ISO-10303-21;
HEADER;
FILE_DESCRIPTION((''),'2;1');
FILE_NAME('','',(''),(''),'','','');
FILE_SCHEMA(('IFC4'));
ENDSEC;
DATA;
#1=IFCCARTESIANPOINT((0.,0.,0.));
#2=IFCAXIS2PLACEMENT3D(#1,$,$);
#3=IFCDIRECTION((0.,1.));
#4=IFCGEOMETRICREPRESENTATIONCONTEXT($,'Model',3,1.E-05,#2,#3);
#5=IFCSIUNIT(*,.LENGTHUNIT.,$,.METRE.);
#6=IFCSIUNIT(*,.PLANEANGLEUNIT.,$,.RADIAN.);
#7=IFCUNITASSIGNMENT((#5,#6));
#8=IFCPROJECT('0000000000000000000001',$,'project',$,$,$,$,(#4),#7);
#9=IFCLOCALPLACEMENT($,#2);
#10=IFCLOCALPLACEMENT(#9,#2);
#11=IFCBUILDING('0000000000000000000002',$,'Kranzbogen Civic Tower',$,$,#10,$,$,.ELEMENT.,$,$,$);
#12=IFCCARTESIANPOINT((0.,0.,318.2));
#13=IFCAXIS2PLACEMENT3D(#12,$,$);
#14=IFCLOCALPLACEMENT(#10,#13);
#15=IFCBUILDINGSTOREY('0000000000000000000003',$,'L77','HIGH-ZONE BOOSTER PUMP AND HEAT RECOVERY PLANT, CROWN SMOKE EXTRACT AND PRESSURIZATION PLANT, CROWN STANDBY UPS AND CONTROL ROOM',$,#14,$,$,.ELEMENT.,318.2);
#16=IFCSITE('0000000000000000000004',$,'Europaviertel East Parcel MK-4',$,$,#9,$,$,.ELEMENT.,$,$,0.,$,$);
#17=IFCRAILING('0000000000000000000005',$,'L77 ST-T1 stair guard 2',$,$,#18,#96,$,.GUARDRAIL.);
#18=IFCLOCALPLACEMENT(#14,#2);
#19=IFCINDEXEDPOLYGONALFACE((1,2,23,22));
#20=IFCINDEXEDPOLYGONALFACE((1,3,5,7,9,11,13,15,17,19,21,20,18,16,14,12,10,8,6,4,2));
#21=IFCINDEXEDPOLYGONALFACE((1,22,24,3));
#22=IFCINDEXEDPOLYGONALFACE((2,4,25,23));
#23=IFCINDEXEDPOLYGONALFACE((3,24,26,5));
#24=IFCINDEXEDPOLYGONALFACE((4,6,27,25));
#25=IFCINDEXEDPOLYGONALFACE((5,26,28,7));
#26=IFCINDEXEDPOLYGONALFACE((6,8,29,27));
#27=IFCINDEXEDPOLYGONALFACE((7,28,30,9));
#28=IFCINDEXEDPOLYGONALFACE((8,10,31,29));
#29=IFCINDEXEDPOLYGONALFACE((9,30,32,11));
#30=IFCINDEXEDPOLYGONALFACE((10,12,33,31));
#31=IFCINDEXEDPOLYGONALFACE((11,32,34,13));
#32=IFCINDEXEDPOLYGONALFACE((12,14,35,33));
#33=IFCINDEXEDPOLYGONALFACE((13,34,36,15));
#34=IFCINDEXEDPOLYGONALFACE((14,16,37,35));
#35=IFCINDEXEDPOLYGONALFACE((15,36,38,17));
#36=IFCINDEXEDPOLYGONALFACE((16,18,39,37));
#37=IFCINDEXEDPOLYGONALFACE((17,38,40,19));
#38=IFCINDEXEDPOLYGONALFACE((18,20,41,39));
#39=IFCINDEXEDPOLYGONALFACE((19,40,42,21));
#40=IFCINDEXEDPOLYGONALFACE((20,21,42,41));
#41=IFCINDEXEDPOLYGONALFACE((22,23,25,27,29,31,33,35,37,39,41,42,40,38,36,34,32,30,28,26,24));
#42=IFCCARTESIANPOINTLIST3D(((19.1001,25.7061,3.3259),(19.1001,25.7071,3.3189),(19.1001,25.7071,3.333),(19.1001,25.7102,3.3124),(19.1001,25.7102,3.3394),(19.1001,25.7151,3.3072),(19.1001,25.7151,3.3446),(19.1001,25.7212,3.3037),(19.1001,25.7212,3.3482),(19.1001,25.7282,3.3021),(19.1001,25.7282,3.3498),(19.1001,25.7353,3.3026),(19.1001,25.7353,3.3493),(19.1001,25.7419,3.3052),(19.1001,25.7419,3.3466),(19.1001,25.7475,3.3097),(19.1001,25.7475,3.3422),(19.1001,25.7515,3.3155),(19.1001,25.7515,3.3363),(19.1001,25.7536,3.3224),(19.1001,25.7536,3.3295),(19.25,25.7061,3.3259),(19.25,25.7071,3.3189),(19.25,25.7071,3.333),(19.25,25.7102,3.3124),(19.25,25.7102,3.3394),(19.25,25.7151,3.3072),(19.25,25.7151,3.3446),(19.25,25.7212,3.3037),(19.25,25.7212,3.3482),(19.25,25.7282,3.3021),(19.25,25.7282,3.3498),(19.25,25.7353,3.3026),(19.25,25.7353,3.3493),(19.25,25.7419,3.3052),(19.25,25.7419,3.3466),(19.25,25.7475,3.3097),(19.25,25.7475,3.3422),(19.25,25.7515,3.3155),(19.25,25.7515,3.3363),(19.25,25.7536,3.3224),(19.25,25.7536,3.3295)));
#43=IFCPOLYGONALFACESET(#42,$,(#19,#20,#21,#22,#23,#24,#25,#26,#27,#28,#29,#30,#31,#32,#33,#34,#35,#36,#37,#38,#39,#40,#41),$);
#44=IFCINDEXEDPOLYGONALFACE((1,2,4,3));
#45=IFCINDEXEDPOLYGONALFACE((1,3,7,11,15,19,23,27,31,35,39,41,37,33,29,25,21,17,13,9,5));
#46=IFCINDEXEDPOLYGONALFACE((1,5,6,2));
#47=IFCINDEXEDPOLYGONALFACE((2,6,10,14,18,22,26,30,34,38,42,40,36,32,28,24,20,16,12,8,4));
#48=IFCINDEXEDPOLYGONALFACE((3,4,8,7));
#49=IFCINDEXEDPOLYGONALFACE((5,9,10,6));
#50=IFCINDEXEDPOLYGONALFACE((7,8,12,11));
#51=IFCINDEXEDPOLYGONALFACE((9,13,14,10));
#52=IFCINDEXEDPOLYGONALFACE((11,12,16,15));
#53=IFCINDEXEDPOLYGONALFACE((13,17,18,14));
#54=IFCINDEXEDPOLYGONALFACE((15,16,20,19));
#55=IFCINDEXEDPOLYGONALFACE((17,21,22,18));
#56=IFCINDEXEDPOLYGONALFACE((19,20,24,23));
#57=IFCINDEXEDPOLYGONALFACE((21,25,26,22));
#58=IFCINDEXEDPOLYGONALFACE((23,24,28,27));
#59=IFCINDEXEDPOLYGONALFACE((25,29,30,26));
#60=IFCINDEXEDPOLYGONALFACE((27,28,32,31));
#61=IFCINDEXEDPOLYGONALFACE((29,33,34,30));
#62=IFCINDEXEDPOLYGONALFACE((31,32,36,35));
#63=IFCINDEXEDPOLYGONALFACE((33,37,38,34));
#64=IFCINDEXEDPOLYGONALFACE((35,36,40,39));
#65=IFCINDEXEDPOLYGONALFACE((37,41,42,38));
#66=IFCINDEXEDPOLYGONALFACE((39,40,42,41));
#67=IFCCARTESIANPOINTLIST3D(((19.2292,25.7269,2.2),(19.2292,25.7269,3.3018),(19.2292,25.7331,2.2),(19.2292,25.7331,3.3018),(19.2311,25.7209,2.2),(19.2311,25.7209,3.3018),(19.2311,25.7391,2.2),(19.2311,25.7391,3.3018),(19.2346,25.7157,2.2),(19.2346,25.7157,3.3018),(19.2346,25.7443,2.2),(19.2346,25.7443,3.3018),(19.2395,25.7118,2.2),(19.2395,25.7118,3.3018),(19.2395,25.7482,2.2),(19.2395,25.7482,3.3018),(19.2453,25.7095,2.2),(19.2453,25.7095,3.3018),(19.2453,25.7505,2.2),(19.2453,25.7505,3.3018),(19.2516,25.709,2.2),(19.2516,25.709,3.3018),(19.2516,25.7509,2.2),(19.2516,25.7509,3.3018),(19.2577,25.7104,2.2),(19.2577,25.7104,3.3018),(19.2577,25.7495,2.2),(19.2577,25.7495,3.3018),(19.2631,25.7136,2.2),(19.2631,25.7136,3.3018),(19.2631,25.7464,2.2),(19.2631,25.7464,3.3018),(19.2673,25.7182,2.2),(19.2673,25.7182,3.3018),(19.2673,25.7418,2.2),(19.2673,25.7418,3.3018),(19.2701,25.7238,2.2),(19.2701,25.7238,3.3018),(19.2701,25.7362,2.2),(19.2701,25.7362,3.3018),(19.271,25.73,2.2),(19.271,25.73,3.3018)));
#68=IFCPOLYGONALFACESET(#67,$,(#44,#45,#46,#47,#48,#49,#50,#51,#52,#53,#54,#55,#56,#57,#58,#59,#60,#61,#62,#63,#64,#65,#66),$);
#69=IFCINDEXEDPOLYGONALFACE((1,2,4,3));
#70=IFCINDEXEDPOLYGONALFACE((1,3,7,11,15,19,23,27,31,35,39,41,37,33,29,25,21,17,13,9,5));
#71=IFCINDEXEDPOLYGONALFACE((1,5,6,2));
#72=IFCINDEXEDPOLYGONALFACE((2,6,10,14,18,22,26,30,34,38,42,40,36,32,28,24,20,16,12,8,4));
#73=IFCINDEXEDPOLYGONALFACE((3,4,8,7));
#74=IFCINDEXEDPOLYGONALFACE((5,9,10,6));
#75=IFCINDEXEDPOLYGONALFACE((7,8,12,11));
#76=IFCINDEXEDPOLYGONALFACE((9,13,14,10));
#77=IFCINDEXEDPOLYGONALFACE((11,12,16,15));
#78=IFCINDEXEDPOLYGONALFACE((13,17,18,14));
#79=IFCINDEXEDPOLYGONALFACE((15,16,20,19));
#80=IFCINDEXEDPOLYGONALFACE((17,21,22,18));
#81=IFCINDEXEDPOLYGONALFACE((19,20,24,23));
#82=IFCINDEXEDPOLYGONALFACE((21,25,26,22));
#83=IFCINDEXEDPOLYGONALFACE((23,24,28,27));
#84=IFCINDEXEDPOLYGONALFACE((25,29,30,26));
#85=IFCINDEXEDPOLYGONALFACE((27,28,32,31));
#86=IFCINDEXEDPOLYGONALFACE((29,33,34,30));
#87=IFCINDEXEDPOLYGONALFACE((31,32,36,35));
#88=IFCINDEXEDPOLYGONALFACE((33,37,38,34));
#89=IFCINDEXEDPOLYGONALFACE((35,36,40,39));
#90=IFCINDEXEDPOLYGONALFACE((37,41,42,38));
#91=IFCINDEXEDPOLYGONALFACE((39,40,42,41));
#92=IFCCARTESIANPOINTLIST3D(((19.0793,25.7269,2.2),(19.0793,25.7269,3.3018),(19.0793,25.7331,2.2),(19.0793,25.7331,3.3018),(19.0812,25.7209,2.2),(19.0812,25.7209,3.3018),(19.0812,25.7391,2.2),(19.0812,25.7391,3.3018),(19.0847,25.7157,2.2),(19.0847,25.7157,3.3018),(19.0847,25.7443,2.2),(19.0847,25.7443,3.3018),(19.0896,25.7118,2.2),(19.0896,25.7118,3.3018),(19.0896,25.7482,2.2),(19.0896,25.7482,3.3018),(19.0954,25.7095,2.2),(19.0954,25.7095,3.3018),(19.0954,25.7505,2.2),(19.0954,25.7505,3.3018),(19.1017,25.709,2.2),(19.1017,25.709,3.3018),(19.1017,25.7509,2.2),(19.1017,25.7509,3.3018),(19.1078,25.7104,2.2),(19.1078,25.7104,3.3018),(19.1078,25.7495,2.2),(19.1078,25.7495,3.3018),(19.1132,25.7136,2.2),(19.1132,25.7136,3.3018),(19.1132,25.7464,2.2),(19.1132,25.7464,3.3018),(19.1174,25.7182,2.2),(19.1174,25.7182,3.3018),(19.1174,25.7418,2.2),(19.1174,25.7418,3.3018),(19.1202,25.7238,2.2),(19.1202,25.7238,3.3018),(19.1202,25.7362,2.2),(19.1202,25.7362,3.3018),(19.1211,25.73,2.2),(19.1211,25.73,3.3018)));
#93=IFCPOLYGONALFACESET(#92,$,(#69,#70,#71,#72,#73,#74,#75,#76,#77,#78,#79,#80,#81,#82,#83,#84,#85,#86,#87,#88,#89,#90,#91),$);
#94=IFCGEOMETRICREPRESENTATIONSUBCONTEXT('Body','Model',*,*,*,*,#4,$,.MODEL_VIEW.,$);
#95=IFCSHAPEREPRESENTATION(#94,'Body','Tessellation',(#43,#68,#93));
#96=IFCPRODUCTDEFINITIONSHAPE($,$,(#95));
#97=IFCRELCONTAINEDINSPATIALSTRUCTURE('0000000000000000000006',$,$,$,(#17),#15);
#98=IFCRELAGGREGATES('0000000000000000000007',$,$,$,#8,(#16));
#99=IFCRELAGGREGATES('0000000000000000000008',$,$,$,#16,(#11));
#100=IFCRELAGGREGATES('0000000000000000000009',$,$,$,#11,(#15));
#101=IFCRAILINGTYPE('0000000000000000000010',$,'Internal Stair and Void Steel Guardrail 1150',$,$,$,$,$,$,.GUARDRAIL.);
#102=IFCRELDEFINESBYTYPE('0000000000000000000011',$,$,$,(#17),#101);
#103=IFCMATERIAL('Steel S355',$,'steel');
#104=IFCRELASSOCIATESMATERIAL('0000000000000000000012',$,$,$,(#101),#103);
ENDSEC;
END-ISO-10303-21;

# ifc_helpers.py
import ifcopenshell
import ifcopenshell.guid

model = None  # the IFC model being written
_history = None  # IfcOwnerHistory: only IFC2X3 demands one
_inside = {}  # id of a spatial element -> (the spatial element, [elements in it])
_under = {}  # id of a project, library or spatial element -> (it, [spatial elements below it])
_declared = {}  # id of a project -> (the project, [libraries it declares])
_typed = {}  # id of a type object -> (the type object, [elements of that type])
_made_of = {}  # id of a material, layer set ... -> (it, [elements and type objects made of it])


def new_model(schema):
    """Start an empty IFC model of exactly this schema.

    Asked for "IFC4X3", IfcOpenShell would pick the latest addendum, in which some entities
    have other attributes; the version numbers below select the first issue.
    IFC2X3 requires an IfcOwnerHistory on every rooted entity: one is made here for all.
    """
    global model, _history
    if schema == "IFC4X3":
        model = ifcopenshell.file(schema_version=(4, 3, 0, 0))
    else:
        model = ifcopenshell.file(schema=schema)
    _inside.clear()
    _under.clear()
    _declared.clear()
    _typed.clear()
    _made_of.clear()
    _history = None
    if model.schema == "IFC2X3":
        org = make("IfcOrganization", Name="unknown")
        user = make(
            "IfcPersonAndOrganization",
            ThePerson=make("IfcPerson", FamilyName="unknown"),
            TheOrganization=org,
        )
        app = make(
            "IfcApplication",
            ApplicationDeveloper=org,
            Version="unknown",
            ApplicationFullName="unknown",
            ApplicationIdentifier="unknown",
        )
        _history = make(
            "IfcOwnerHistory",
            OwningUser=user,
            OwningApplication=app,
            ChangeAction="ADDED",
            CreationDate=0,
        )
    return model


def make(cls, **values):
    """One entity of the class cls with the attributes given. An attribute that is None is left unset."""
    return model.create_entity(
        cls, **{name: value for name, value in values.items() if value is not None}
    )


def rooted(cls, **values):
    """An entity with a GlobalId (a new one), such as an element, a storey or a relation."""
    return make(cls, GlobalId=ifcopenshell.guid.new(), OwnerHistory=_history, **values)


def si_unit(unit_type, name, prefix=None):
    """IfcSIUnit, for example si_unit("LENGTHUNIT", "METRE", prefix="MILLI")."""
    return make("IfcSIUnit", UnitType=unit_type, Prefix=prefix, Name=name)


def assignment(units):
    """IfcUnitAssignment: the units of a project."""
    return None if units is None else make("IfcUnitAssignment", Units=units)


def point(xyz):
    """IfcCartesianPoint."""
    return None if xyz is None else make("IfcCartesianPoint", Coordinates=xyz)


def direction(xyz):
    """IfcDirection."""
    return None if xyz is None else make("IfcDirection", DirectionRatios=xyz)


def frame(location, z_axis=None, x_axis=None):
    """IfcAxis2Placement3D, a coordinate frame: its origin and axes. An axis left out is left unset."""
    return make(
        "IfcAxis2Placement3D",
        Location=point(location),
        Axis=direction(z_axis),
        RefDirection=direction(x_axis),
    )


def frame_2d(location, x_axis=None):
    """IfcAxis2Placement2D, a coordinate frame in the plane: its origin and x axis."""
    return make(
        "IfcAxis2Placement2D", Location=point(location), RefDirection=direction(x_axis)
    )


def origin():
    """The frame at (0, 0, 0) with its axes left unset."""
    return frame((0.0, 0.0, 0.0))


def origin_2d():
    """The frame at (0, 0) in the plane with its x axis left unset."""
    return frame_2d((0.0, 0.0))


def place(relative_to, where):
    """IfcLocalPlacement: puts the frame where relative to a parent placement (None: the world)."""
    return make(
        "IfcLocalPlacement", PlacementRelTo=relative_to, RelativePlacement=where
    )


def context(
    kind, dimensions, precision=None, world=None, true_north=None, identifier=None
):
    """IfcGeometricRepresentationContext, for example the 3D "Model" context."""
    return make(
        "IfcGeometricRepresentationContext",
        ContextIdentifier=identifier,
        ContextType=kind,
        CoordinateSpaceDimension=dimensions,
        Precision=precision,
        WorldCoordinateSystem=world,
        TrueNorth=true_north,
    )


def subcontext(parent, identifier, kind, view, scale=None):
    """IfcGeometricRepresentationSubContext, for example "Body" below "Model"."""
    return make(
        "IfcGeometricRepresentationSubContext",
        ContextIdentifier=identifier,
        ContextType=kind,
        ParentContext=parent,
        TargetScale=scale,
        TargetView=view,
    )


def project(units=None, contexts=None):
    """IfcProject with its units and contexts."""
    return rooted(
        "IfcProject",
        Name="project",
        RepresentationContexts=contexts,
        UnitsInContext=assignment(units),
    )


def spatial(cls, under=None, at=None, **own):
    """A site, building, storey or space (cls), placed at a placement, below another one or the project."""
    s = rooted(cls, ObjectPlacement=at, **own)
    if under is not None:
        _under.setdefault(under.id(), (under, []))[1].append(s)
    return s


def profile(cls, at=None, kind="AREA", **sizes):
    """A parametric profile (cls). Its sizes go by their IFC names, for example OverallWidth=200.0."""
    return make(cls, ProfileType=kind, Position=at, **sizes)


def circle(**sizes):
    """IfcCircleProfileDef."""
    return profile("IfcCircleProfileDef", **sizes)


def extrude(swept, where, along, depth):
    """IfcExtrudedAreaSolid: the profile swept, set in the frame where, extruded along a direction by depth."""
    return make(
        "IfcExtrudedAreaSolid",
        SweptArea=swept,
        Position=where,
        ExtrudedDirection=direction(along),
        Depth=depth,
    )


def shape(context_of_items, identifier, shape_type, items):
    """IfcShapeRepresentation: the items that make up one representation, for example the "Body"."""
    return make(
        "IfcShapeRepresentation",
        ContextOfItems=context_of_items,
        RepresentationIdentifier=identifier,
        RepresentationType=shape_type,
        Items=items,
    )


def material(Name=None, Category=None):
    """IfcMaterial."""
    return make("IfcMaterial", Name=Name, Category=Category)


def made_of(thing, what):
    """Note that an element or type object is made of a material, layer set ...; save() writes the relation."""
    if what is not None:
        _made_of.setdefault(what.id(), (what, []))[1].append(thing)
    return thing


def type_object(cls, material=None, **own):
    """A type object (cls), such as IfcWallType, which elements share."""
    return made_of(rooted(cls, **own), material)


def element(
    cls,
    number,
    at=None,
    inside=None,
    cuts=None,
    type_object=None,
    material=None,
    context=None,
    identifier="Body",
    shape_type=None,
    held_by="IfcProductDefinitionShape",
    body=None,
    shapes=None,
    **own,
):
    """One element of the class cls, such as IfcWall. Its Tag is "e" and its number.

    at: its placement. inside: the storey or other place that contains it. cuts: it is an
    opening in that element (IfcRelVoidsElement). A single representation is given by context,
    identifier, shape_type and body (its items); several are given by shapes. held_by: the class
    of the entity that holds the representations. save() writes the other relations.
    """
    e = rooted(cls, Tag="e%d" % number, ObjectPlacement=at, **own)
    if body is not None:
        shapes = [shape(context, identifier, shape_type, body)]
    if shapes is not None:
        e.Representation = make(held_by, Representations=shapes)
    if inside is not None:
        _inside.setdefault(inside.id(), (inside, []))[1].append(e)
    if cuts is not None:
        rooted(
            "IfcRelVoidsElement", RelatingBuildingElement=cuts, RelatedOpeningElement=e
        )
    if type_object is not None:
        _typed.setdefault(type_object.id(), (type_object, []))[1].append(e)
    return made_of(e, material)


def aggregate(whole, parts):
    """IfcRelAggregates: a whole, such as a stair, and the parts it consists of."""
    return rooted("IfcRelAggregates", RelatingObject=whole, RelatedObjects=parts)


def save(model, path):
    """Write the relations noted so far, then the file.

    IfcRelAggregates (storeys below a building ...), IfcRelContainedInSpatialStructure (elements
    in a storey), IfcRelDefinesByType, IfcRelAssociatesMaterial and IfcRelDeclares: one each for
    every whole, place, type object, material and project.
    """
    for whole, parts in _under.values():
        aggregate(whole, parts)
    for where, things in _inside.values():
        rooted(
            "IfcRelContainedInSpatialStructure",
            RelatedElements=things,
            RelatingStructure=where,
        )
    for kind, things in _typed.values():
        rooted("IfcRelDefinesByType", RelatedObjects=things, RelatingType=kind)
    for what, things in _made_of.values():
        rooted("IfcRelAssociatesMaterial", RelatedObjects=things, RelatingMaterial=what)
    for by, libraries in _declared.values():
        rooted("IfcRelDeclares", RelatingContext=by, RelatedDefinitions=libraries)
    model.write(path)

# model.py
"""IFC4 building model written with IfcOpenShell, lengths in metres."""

from ifc_helpers import new_model, si_unit, direction, frame, origin, origin_2d, place, context, subcontext, project, spatial, circle, extrude, material, type_object, element, save


model = new_model("IFC4")

# Units and contexts
model_context = context("Model", 3, precision=1e-05, world=origin(), true_north=direction((0.0, 1.0)))
body_context = subcontext(model_context, "Body", "Model", "MODEL_VIEW")
ifc_project = project(units=[si_unit("LENGTHUNIT", "METRE"), si_unit("PLANEANGLEUNIT", "RADIAN")], contexts=[model_context])

# Site, building, storey
site_placement = place(None, origin())
site = spatial("IfcSite", under=ifc_project, at=site_placement, Name="Europaviertel East Parcel MK-4", CompositionType="ELEMENT", RefElevation=0.0)
building_placement = place(site_placement, origin())
building = spatial("IfcBuilding", under=site, at=building_placement, Name="Kranzbogen Civic Tower", CompositionType="ELEMENT")
storey_placement = place(building_placement, frame((0.0, 0.0, 318.2)))
storey = spatial("IfcBuildingStorey", under=building, at=storey_placement, Name="L77", Description="HIGH-ZONE BOOSTER PUMP AND HEAT RECOVERY PLANT, CROWN SMOKE EXTRACT AND PRESSURIZATION PLANT, CROWN STANDBY UPS AND CONTROL ROOM", CompositionType="ELEMENT", Elevation=318.2)

# Shared definitions
ifc_material_1 = material(Name="Steel S355", Category="steel")

# Railing
railing_type_1 = type_object("IfcRailingType", Name="Internal Stair and Void Steel Guardrail 1150", PredefinedType="GUARDRAIL", material=ifc_material_1)
railing_1_placement = place(storey_placement, frame((19.25, 25.73, 2.2)))
element("IfcRailing", 1, at=railing_1_placement, inside=storey, type_object=railing_type_1, Name="L77 ST-T1 stair guard 2", PredefinedType="GUARDRAIL", context=body_context, shape_type="SweptSolid", body=[
    extrude(circle(Radius=0.0239, at=origin_2d()), frame((0.0, 0.0, 1.126), z_axis=(-1.0, 0.0, 0.0), x_axis=(0.0, -1.0, 0.0)), (0.0, 0.0, 1.0), 0.1499),
    extrude(circle(Radius=0.021, at=origin_2d()), origin(), (0.0, 0.0, 1.0), 1.1018),
    extrude(circle(Radius=0.021, at=origin_2d()), frame((-0.1499, 0.0, 0.0)), (0.0, 0.0, 1.0), 1.1018),
])

save(model, "model.ifc")
